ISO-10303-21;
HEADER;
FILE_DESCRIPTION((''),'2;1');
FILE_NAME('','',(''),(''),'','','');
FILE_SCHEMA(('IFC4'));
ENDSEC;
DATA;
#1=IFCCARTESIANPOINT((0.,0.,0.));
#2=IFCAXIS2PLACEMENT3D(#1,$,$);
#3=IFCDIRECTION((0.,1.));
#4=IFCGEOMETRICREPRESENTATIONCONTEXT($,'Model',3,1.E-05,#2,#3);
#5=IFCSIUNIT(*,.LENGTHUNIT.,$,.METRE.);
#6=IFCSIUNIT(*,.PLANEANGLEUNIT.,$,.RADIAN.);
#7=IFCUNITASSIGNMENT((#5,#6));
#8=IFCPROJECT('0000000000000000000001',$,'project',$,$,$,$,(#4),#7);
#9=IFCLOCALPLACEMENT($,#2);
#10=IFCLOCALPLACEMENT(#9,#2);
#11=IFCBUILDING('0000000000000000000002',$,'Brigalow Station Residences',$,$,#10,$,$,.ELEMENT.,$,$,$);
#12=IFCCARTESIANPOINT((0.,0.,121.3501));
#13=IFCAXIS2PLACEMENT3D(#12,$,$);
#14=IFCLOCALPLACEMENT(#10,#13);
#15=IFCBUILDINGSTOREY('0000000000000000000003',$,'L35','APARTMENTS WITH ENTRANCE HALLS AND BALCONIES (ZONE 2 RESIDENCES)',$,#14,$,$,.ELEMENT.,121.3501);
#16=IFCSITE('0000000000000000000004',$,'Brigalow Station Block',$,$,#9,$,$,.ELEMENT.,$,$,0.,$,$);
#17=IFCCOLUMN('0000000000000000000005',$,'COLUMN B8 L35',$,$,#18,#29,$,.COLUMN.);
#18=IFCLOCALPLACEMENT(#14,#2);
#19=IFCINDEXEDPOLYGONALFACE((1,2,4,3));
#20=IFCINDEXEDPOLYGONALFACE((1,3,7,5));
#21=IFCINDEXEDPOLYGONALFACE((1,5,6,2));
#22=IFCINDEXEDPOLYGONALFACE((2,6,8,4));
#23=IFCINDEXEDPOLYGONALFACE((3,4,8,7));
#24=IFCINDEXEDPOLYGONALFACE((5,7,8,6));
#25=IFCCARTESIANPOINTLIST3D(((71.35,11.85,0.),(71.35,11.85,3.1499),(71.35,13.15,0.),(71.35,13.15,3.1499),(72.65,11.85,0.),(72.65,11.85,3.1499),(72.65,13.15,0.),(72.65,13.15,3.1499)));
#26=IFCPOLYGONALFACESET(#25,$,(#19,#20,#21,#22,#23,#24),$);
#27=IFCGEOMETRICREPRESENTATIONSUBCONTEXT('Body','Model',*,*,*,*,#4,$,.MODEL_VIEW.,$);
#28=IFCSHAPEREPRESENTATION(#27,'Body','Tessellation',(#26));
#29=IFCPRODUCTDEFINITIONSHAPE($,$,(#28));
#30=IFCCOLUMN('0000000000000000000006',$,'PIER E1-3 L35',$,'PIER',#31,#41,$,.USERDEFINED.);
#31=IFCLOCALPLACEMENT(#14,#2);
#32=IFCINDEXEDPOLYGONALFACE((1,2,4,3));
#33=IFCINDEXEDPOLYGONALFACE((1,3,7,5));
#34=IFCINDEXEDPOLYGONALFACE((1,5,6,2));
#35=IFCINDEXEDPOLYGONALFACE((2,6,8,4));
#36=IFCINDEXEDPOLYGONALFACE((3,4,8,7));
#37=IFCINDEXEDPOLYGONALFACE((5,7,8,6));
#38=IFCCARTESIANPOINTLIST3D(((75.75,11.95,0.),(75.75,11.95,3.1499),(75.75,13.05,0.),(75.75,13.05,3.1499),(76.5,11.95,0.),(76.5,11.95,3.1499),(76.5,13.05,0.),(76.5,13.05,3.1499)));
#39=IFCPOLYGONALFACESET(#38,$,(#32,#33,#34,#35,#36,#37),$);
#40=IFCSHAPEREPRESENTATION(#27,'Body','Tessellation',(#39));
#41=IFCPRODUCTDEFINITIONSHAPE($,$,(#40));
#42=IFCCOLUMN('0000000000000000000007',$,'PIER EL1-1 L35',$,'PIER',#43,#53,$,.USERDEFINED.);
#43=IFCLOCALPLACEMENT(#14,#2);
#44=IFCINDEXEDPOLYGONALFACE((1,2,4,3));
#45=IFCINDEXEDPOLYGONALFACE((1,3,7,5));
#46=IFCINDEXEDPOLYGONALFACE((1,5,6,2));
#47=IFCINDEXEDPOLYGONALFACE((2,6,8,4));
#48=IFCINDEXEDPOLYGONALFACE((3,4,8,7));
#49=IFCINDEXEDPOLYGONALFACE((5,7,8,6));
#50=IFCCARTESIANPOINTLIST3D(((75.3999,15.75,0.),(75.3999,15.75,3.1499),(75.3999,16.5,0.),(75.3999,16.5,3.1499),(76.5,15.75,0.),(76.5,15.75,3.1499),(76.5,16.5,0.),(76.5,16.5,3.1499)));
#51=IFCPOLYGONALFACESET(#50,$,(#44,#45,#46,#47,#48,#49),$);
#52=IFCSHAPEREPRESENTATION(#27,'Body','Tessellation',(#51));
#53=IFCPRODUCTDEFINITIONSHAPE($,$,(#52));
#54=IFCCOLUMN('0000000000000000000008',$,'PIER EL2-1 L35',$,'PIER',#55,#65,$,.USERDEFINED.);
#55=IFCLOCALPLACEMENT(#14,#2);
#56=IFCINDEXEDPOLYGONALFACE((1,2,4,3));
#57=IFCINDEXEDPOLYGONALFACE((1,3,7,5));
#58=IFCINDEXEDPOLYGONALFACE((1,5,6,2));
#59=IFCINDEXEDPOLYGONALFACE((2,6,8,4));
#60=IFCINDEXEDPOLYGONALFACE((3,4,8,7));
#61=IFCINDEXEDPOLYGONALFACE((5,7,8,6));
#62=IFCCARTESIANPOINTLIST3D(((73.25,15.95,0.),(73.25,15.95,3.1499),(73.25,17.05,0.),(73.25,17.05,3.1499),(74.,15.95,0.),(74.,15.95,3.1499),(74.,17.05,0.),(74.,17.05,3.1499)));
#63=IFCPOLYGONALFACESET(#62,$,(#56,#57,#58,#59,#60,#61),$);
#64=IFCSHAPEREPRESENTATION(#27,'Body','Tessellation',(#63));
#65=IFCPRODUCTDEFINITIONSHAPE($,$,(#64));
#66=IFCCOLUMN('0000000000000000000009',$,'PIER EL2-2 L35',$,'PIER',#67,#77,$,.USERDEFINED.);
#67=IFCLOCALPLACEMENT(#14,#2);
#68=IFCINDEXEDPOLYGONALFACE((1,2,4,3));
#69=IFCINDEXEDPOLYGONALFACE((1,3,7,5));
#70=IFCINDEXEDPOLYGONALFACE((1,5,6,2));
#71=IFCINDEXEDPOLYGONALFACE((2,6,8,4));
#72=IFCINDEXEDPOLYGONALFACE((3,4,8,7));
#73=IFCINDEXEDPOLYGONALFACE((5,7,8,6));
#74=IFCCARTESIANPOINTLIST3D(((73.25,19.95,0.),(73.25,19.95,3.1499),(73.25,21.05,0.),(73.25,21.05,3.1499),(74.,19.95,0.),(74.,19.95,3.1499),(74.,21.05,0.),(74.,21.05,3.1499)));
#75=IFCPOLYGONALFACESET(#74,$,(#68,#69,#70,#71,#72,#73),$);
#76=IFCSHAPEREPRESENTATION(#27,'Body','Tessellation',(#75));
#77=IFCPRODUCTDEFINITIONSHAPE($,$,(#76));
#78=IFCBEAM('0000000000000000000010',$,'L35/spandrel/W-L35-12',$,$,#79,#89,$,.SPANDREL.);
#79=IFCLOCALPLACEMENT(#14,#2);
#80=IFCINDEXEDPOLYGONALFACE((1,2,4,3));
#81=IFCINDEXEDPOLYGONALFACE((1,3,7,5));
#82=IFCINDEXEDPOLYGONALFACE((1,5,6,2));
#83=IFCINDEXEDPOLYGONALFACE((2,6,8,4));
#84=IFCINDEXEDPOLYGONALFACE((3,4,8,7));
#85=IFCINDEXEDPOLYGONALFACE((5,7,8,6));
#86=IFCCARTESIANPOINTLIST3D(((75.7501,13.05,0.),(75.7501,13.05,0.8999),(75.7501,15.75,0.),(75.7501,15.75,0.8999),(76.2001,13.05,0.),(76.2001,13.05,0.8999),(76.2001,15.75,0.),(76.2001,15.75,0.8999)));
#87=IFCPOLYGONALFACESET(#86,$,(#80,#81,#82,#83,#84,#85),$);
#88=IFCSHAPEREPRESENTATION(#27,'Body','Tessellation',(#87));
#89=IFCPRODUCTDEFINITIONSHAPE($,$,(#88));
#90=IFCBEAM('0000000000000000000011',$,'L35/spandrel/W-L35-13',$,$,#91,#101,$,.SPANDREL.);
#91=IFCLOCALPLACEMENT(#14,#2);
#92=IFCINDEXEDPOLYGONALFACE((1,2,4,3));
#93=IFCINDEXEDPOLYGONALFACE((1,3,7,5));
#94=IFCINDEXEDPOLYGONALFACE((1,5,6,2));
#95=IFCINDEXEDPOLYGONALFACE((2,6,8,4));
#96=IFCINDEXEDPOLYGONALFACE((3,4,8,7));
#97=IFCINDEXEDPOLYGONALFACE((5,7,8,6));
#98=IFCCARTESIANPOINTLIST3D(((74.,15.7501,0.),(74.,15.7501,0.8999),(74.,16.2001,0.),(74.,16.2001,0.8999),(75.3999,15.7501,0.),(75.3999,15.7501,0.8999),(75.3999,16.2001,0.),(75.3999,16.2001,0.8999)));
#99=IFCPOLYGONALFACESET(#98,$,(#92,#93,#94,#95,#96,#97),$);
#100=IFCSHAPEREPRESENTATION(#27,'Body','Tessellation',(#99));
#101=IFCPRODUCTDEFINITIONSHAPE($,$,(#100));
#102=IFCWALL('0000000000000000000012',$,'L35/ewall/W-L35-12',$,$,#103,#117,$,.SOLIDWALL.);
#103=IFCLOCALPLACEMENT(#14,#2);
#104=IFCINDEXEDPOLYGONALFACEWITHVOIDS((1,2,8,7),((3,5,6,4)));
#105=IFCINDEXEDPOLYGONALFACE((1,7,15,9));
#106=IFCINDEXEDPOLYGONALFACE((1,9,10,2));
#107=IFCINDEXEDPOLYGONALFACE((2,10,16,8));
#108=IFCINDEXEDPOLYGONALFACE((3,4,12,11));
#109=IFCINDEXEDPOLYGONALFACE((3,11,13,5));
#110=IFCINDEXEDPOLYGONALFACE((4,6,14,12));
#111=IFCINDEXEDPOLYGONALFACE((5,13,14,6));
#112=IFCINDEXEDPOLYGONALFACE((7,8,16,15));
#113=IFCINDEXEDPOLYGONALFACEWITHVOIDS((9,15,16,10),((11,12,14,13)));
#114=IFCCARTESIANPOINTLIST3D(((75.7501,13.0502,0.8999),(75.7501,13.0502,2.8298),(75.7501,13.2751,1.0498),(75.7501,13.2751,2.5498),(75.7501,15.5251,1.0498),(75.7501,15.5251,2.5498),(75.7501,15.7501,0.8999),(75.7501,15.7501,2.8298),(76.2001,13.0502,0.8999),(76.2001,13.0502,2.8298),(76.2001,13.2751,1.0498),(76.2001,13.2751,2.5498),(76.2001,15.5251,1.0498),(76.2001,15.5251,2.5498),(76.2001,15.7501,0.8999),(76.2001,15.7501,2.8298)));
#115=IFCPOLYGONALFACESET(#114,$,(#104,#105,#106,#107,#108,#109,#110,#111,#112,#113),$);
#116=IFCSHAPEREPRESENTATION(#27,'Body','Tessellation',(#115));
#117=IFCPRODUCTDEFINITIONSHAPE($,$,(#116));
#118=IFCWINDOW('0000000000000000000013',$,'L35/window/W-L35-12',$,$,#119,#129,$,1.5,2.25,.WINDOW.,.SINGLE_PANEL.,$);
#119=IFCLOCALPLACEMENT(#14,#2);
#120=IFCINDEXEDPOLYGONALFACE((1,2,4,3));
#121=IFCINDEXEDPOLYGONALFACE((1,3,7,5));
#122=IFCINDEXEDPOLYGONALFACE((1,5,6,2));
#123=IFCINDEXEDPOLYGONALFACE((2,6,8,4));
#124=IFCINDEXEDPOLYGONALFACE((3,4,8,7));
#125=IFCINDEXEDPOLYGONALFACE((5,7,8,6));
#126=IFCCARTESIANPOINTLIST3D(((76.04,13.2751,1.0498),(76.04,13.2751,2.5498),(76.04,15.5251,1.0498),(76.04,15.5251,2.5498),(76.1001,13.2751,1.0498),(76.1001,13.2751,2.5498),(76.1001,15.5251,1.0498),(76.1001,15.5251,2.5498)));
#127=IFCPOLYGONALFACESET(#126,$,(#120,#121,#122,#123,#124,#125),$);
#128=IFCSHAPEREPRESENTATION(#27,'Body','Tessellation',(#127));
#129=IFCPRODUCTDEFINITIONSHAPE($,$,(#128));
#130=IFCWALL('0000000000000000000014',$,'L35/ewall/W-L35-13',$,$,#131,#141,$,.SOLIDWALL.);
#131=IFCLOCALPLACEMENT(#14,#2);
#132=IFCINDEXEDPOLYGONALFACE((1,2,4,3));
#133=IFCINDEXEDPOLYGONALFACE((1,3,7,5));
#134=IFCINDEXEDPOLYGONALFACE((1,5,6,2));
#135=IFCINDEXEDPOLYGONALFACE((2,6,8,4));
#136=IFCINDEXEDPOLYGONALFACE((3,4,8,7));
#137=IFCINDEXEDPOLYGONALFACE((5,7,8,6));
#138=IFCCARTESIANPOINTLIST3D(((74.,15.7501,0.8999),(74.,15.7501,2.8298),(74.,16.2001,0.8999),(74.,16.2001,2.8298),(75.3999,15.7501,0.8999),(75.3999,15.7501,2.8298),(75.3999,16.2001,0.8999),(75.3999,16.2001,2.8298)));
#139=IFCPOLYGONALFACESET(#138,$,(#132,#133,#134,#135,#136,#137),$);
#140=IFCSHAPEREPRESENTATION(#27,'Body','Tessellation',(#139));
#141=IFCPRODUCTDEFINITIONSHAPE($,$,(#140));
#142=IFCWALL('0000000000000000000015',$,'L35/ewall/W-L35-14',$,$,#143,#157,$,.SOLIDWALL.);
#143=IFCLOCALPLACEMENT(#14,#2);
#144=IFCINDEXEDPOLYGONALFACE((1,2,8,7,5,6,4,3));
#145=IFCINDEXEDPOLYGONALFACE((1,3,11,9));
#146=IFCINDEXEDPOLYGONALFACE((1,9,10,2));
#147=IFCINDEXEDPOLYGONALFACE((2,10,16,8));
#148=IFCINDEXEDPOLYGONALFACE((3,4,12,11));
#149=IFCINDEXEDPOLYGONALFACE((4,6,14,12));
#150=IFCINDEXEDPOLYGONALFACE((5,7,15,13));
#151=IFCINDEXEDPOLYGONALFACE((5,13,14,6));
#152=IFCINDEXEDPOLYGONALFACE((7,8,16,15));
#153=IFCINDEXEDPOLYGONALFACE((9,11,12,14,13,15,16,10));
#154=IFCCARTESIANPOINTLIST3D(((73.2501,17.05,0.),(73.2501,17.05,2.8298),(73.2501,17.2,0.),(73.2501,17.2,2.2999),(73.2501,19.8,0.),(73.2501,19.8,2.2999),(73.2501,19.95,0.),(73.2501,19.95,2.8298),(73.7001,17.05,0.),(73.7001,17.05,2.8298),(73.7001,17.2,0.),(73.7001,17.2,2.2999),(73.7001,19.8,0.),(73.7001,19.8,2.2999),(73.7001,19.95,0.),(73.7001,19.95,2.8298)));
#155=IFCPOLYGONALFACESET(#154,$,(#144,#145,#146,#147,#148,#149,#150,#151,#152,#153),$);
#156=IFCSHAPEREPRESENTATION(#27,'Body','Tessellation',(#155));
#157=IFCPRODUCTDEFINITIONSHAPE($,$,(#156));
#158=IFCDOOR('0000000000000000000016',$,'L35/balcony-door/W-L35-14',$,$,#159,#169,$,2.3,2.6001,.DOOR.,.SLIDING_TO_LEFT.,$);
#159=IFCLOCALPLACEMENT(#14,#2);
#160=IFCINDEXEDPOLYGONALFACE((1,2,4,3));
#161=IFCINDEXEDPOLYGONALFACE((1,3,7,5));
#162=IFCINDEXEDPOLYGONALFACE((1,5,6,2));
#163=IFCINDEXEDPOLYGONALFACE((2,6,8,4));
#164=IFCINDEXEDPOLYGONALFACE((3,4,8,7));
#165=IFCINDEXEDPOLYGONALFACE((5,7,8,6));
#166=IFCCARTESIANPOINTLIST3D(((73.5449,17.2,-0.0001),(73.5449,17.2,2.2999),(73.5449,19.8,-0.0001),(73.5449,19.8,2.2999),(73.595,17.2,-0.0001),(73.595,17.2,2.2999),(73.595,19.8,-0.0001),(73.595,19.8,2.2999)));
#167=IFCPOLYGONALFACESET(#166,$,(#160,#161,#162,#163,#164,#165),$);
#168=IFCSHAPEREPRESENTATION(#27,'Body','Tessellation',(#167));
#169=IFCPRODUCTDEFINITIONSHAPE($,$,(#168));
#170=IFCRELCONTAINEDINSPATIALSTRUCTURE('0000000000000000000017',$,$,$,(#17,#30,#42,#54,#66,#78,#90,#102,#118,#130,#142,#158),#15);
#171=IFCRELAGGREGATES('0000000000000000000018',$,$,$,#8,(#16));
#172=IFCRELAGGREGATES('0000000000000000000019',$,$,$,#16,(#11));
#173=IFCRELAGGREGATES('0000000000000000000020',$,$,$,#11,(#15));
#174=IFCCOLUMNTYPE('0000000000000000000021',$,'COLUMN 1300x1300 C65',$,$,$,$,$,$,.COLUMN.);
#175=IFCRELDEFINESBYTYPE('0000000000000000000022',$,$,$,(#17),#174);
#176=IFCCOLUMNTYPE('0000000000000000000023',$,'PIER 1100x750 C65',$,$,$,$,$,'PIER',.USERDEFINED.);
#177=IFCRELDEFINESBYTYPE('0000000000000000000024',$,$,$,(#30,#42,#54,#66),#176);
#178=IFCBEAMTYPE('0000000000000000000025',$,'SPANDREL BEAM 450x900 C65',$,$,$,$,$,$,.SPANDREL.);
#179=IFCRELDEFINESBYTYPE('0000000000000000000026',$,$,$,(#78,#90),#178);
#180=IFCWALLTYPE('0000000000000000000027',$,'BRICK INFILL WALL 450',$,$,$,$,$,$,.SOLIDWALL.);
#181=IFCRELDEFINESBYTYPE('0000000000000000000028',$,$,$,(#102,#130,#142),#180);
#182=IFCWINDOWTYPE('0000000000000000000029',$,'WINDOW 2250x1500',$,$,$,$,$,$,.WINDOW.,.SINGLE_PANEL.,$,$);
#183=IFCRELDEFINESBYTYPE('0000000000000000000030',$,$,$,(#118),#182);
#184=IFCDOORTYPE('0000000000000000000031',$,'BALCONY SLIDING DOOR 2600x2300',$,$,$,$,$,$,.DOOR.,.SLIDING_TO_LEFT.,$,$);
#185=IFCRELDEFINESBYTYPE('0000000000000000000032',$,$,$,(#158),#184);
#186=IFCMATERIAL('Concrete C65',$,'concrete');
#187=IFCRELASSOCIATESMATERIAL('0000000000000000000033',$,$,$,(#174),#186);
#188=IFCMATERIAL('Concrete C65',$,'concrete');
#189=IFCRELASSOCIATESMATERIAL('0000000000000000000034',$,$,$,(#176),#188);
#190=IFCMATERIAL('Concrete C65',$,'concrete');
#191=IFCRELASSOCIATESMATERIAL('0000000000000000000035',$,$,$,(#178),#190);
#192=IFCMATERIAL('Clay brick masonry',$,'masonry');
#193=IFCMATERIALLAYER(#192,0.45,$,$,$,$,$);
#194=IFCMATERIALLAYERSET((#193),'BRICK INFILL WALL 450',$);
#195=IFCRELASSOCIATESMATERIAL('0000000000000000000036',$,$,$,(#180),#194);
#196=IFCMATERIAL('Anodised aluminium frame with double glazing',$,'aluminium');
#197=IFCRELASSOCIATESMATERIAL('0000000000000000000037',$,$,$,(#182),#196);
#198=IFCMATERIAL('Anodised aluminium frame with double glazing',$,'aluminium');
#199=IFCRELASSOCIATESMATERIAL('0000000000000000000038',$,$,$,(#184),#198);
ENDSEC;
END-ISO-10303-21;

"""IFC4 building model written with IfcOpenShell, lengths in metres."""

from ifc_helpers import new_model, si_unit, direction, frame, frame_2d, origin, origin_2d, place, context, subcontext, project, spatial, rectangle, extrude, material, layer, layer_set, material_profile, profile_set, type_object, element, fill, save


model = new_model("IFC4")

# Units and contexts
model_context = context("Model", 3, precision=1e-05, world=origin(), true_north=direction((0.0, 1.0)))
body_context = subcontext(model_context, "Body", "Model", "MODEL_VIEW")
ifc_project = project(units=[si_unit("LENGTHUNIT", "METRE"), si_unit("PLANEANGLEUNIT", "RADIAN")], contexts=[model_context])

# Site, building, storey
site_placement = place(None, origin())
site = spatial("IfcSite", under=ifc_project, at=site_placement, Name="Brigalow Station Block", CompositionType="ELEMENT", RefElevation=0.0)
building_placement = place(site_placement, origin())
building = spatial("IfcBuilding", under=site, at=building_placement, Name="Brigalow Station Residences", CompositionType="ELEMENT")
storey_placement = place(building_placement, frame((0.0, 0.0, 121.3501)))
storey = spatial("IfcBuildingStorey", under=building, at=storey_placement, Name="L35", Description="APARTMENTS WITH ENTRANCE HALLS AND BALCONIES (ZONE 2 RESIDENCES)", CompositionType="ELEMENT", Elevation=121.3501)

# Columns
ifc_material_1 = material(Name="Concrete C65", Category="concrete")
ifc_material_profile_1 = material_profile(ifc_material_1, rectangle(XDim=1.3, YDim=1.3, at=origin_2d()), Name="RC1300x1300")
ifc_profile_set_1 = profile_set([ifc_material_profile_1], Name="Concrete C65")
column_type_1 = type_object("IfcColumnType", Name="COLUMN 1300x1300 C65", PredefinedType="COLUMN", material=ifc_profile_set_1)
column_placement = place(storey_placement, frame((72.0, 12.5, 0.0), z_axis=(0.0, 0.0, 1.0), x_axis=(1.0, 0.0, 0.0)))
element("IfcColumn", 1, at=column_placement, inside=storey, type_object=column_type_1, Name="COLUMN B8 L35", PredefinedType="COLUMN", context=body_context, shape_type="SweptSolid", body=[
    extrude(rectangle(XDim=1.3, YDim=1.3, at=origin_2d()), origin(), (0.0, 0.0, 1.0), 3.1499),
])
ifc_material_2 = material(Name="Concrete C65", Category="concrete")
ifc_material_profile_2 = material_profile(ifc_material_2, rectangle(XDim=1.1001, YDim=0.75, at=origin_2d()), Name="RC1100x750")
ifc_profile_set_2 = profile_set([ifc_material_profile_2], Name="Concrete C65")
column_type_2 = type_object("IfcColumnType", Name="PIER 1100x750 C65", ElementType="PIER", PredefinedType="USERDEFINED", material=ifc_profile_set_2)
for number, where, z_axis, x_axis, name in (
    (2, (76.125, 12.5, 0.0), (0.0, 0.0, 1.0), (0.0, 1.0, 0.0), "PIER E1-3 L35"),
    (3, (75.95, 16.125, 0.0), (0.0, 0.0, 1.0), (-1.0, 0.0, 0.0), "PIER EL1-1 L35"),
    (4, (73.625, 16.5, 0.0), (0.0, 0.0, 1.0), (0.0, 1.0, 0.0), "PIER EL2-1 L35"),
    (5, (73.625, 20.5, 0.0), (0.0, 0.0, 1.0), (0.0, 1.0, 0.0), "PIER EL2-2 L35"),
):
    element("IfcColumn", number, at=place(storey_placement, frame(where, z_axis=z_axis, x_axis=x_axis)), inside=storey, type_object=column_type_2, Name=name, ObjectType="PIER", PredefinedType="USERDEFINED", context=body_context, shape_type="SweptSolid", body=[
        extrude(rectangle(XDim=1.1001, YDim=0.75, at=origin_2d()), origin(), (0.0, 0.0, 1.0), 3.1499),
    ])

# Beams
ifc_material_3 = material(Name="Concrete C65", Category="concrete")
ifc_material_profile_3 = material_profile(ifc_material_3, rectangle(XDim=0.45, YDim=0.8999, at=origin_2d()), Name="RC450x900")
ifc_profile_set_3 = profile_set([ifc_material_profile_3], Name="Concrete C65")
beam_type = type_object("IfcBeamType", Name="SPANDREL BEAM 450x900 C65", PredefinedType="SPANDREL", material=ifc_profile_set_3)
beam_1_placement = place(storey_placement, frame((75.9751, 13.05, 0.45), z_axis=(0.0, 1.0, 0.0), x_axis=(-1.0, 0.0, 0.0)))
element("IfcBeam", 6, at=beam_1_placement, inside=storey, type_object=beam_type, Name="L35/spandrel/W-L35-12", PredefinedType="SPANDREL", context=body_context, shape_type="SweptSolid", body=[
    extrude(rectangle(XDim=0.45, YDim=0.8999, at=origin_2d()), origin(), (0.0, 0.0, 1.0), 2.7),
])
beam_2_placement = place(storey_placement, frame((75.3999, 15.9751, 0.45), z_axis=(-1.0, 0.0, 0.0), x_axis=(0.0, -1.0, 0.0)))
element("IfcBeam", 7, at=beam_2_placement, inside=storey, type_object=beam_type, Name="L35/spandrel/W-L35-13", PredefinedType="SPANDREL", context=body_context, shape_type="SweptSolid", body=[
    extrude(rectangle(XDim=0.45, YDim=0.8999, at=origin_2d()), origin(), (0.0, 0.0, 1.0), 1.3999),
])

# Wall, opening, window
ifc_material_4 = material(Name="Clay brick masonry", Category="masonry")
ifc_layer_1 = layer(ifc_material_4, 0.45)
ifc_layer_set_1 = layer_set([ifc_layer_1], Name="BRICK INFILL WALL 450")
wall_type_1 = type_object("IfcWallType", Name="BRICK INFILL WALL 450", PredefinedType="SOLIDWALL", material=ifc_layer_set_1)
wall_1_placement = place(storey_placement, frame((75.9751, 13.05, 0.8999), z_axis=(0.0, 0.0, 1.0), x_axis=(0.0, 1.0, 0.0)))
wall_1 = element("IfcWall", 8, at=wall_1_placement, inside=storey, type_object=wall_type_1, Name="L35/ewall/W-L35-12", PredefinedType="SOLIDWALL", context=body_context, shape_type="SweptSolid", body=[
    extrude(rectangle(XDim=2.7, YDim=0.45, at=frame_2d((1.3501, 0.0))), origin(), (0.0, 0.0, 1.0), 1.9299),
])
opening_1_placement = place(wall_1_placement, frame((0.2251, 0.0, 0.1499)))
opening_1 = element("IfcOpeningElement", 9, at=opening_1_placement, cuts=wall_1, PredefinedType="OPENING", context=body_context, shape_type="SweptSolid", body=[
    extrude(rectangle(XDim=2.25, YDim=1.5, at=frame_2d((1.125, 0.75))), frame((0.0, 0.2349, 0.0), z_axis=(0.0, -1.0, 0.0), x_axis=(1.0, 0.0, 0.0)), (0.0, 0.0, 1.0), 0.47),
])
ifc_material_5 = material(Name="Anodised aluminium frame with double glazing", Category="aluminium")
window_type = type_object("IfcWindowType", Name="WINDOW 2250x1500", PartitioningType="SINGLE_PANEL", PredefinedType="WINDOW", material=ifc_material_5)
window_placement = place(opening_1_placement, origin())
window = element("IfcWindow", 10, at=window_placement, inside=storey, type_object=window_type, Name="L35/window/W-L35-12", OverallHeight=1.5, OverallWidth=2.25, PartitioningType="SINGLE_PANEL", PredefinedType="WINDOW", context=body_context, shape_type="SweptSolid", body=[
    extrude(rectangle(XDim=2.25, YDim=1.5, at=frame_2d((1.125, 0.75))), frame((0.0, -0.0649, 0.0), z_axis=(0.0, -1.0, 0.0), x_axis=(1.0, 0.0, 0.0)), (0.0, 0.0, 1.0), 0.0601),
])
fill(opening_1, window)

# Wall
wall_2_placement = place(storey_placement, frame((75.3999, 15.9751, 0.8999), z_axis=(0.0, 0.0, 1.0), x_axis=(-1.0, 0.0, 0.0)))
element("IfcWall", 11, at=wall_2_placement, inside=storey, type_object=wall_type_1, Name="L35/ewall/W-L35-13", PredefinedType="SOLIDWALL", context=body_context, shape_type="SweptSolid", body=[
    extrude(rectangle(XDim=1.3999, YDim=0.45, at=frame_2d((0.7, 0.0))), origin(), (0.0, 0.0, 1.0), 1.9299),
])

# Wall, opening, door
wall_3_placement = place(storey_placement, frame((73.4751, 17.05, 0.0), z_axis=(0.0, 0.0, 1.0), x_axis=(0.0, 1.0, 0.0)))
wall_3 = element("IfcWall", 12, at=wall_3_placement, inside=storey, type_object=wall_type_1, Name="L35/ewall/W-L35-14", PredefinedType="SOLIDWALL", context=body_context, shape_type="SweptSolid", body=[
    extrude(rectangle(XDim=2.8999, YDim=0.45, at=frame_2d((1.45, 0.0))), origin(), (0.0, 0.0, 1.0), 2.8298),
])
opening_2_placement = place(wall_3_placement, frame((0.1499, 0.0, 0.0)))
opening_2 = element("IfcOpeningElement", 13, at=opening_2_placement, cuts=wall_3, PredefinedType="OPENING", context=body_context, shape_type="SweptSolid", body=[
    extrude(rectangle(XDim=2.6001, YDim=2.3, at=frame_2d((1.3, 1.1499))), frame((0.0, 0.2349, 0.0), z_axis=(0.0, -1.0, 0.0), x_axis=(1.0, 0.0, 0.0)), (0.0, 0.0, 1.0), 0.47),
])
ifc_material_6 = material(Name="Anodised aluminium frame with double glazing", Category="aluminium")
door_type_1 = type_object("IfcDoorType", Name="BALCONY SLIDING DOOR 2600x2300", OperationType="SLIDING_TO_LEFT", PredefinedType="DOOR", material=ifc_material_6)
door_1_placement = place(opening_2_placement, origin())
door_1 = element("IfcDoor", 14, at=door_1_placement, inside=storey, type_object=door_type_1, Name="L35/balcony-door/W-L35-14", OperationType="SLIDING_TO_LEFT", OverallHeight=2.3, OverallWidth=2.6001, PredefinedType="DOOR", context=body_context, shape_type="SweptSolid", body=[
    extrude(rectangle(XDim=2.6001, YDim=2.3, at=frame_2d((1.3, 1.1499))), frame((0.0, -0.0698, 0.0), z_axis=(0.0, -1.0, 0.0), x_axis=(1.0, 0.0, 0.0)), (0.0, 0.0, 1.0), 0.05),
])
fill(opening_2, door_1)

save(model, "model.ifc")
